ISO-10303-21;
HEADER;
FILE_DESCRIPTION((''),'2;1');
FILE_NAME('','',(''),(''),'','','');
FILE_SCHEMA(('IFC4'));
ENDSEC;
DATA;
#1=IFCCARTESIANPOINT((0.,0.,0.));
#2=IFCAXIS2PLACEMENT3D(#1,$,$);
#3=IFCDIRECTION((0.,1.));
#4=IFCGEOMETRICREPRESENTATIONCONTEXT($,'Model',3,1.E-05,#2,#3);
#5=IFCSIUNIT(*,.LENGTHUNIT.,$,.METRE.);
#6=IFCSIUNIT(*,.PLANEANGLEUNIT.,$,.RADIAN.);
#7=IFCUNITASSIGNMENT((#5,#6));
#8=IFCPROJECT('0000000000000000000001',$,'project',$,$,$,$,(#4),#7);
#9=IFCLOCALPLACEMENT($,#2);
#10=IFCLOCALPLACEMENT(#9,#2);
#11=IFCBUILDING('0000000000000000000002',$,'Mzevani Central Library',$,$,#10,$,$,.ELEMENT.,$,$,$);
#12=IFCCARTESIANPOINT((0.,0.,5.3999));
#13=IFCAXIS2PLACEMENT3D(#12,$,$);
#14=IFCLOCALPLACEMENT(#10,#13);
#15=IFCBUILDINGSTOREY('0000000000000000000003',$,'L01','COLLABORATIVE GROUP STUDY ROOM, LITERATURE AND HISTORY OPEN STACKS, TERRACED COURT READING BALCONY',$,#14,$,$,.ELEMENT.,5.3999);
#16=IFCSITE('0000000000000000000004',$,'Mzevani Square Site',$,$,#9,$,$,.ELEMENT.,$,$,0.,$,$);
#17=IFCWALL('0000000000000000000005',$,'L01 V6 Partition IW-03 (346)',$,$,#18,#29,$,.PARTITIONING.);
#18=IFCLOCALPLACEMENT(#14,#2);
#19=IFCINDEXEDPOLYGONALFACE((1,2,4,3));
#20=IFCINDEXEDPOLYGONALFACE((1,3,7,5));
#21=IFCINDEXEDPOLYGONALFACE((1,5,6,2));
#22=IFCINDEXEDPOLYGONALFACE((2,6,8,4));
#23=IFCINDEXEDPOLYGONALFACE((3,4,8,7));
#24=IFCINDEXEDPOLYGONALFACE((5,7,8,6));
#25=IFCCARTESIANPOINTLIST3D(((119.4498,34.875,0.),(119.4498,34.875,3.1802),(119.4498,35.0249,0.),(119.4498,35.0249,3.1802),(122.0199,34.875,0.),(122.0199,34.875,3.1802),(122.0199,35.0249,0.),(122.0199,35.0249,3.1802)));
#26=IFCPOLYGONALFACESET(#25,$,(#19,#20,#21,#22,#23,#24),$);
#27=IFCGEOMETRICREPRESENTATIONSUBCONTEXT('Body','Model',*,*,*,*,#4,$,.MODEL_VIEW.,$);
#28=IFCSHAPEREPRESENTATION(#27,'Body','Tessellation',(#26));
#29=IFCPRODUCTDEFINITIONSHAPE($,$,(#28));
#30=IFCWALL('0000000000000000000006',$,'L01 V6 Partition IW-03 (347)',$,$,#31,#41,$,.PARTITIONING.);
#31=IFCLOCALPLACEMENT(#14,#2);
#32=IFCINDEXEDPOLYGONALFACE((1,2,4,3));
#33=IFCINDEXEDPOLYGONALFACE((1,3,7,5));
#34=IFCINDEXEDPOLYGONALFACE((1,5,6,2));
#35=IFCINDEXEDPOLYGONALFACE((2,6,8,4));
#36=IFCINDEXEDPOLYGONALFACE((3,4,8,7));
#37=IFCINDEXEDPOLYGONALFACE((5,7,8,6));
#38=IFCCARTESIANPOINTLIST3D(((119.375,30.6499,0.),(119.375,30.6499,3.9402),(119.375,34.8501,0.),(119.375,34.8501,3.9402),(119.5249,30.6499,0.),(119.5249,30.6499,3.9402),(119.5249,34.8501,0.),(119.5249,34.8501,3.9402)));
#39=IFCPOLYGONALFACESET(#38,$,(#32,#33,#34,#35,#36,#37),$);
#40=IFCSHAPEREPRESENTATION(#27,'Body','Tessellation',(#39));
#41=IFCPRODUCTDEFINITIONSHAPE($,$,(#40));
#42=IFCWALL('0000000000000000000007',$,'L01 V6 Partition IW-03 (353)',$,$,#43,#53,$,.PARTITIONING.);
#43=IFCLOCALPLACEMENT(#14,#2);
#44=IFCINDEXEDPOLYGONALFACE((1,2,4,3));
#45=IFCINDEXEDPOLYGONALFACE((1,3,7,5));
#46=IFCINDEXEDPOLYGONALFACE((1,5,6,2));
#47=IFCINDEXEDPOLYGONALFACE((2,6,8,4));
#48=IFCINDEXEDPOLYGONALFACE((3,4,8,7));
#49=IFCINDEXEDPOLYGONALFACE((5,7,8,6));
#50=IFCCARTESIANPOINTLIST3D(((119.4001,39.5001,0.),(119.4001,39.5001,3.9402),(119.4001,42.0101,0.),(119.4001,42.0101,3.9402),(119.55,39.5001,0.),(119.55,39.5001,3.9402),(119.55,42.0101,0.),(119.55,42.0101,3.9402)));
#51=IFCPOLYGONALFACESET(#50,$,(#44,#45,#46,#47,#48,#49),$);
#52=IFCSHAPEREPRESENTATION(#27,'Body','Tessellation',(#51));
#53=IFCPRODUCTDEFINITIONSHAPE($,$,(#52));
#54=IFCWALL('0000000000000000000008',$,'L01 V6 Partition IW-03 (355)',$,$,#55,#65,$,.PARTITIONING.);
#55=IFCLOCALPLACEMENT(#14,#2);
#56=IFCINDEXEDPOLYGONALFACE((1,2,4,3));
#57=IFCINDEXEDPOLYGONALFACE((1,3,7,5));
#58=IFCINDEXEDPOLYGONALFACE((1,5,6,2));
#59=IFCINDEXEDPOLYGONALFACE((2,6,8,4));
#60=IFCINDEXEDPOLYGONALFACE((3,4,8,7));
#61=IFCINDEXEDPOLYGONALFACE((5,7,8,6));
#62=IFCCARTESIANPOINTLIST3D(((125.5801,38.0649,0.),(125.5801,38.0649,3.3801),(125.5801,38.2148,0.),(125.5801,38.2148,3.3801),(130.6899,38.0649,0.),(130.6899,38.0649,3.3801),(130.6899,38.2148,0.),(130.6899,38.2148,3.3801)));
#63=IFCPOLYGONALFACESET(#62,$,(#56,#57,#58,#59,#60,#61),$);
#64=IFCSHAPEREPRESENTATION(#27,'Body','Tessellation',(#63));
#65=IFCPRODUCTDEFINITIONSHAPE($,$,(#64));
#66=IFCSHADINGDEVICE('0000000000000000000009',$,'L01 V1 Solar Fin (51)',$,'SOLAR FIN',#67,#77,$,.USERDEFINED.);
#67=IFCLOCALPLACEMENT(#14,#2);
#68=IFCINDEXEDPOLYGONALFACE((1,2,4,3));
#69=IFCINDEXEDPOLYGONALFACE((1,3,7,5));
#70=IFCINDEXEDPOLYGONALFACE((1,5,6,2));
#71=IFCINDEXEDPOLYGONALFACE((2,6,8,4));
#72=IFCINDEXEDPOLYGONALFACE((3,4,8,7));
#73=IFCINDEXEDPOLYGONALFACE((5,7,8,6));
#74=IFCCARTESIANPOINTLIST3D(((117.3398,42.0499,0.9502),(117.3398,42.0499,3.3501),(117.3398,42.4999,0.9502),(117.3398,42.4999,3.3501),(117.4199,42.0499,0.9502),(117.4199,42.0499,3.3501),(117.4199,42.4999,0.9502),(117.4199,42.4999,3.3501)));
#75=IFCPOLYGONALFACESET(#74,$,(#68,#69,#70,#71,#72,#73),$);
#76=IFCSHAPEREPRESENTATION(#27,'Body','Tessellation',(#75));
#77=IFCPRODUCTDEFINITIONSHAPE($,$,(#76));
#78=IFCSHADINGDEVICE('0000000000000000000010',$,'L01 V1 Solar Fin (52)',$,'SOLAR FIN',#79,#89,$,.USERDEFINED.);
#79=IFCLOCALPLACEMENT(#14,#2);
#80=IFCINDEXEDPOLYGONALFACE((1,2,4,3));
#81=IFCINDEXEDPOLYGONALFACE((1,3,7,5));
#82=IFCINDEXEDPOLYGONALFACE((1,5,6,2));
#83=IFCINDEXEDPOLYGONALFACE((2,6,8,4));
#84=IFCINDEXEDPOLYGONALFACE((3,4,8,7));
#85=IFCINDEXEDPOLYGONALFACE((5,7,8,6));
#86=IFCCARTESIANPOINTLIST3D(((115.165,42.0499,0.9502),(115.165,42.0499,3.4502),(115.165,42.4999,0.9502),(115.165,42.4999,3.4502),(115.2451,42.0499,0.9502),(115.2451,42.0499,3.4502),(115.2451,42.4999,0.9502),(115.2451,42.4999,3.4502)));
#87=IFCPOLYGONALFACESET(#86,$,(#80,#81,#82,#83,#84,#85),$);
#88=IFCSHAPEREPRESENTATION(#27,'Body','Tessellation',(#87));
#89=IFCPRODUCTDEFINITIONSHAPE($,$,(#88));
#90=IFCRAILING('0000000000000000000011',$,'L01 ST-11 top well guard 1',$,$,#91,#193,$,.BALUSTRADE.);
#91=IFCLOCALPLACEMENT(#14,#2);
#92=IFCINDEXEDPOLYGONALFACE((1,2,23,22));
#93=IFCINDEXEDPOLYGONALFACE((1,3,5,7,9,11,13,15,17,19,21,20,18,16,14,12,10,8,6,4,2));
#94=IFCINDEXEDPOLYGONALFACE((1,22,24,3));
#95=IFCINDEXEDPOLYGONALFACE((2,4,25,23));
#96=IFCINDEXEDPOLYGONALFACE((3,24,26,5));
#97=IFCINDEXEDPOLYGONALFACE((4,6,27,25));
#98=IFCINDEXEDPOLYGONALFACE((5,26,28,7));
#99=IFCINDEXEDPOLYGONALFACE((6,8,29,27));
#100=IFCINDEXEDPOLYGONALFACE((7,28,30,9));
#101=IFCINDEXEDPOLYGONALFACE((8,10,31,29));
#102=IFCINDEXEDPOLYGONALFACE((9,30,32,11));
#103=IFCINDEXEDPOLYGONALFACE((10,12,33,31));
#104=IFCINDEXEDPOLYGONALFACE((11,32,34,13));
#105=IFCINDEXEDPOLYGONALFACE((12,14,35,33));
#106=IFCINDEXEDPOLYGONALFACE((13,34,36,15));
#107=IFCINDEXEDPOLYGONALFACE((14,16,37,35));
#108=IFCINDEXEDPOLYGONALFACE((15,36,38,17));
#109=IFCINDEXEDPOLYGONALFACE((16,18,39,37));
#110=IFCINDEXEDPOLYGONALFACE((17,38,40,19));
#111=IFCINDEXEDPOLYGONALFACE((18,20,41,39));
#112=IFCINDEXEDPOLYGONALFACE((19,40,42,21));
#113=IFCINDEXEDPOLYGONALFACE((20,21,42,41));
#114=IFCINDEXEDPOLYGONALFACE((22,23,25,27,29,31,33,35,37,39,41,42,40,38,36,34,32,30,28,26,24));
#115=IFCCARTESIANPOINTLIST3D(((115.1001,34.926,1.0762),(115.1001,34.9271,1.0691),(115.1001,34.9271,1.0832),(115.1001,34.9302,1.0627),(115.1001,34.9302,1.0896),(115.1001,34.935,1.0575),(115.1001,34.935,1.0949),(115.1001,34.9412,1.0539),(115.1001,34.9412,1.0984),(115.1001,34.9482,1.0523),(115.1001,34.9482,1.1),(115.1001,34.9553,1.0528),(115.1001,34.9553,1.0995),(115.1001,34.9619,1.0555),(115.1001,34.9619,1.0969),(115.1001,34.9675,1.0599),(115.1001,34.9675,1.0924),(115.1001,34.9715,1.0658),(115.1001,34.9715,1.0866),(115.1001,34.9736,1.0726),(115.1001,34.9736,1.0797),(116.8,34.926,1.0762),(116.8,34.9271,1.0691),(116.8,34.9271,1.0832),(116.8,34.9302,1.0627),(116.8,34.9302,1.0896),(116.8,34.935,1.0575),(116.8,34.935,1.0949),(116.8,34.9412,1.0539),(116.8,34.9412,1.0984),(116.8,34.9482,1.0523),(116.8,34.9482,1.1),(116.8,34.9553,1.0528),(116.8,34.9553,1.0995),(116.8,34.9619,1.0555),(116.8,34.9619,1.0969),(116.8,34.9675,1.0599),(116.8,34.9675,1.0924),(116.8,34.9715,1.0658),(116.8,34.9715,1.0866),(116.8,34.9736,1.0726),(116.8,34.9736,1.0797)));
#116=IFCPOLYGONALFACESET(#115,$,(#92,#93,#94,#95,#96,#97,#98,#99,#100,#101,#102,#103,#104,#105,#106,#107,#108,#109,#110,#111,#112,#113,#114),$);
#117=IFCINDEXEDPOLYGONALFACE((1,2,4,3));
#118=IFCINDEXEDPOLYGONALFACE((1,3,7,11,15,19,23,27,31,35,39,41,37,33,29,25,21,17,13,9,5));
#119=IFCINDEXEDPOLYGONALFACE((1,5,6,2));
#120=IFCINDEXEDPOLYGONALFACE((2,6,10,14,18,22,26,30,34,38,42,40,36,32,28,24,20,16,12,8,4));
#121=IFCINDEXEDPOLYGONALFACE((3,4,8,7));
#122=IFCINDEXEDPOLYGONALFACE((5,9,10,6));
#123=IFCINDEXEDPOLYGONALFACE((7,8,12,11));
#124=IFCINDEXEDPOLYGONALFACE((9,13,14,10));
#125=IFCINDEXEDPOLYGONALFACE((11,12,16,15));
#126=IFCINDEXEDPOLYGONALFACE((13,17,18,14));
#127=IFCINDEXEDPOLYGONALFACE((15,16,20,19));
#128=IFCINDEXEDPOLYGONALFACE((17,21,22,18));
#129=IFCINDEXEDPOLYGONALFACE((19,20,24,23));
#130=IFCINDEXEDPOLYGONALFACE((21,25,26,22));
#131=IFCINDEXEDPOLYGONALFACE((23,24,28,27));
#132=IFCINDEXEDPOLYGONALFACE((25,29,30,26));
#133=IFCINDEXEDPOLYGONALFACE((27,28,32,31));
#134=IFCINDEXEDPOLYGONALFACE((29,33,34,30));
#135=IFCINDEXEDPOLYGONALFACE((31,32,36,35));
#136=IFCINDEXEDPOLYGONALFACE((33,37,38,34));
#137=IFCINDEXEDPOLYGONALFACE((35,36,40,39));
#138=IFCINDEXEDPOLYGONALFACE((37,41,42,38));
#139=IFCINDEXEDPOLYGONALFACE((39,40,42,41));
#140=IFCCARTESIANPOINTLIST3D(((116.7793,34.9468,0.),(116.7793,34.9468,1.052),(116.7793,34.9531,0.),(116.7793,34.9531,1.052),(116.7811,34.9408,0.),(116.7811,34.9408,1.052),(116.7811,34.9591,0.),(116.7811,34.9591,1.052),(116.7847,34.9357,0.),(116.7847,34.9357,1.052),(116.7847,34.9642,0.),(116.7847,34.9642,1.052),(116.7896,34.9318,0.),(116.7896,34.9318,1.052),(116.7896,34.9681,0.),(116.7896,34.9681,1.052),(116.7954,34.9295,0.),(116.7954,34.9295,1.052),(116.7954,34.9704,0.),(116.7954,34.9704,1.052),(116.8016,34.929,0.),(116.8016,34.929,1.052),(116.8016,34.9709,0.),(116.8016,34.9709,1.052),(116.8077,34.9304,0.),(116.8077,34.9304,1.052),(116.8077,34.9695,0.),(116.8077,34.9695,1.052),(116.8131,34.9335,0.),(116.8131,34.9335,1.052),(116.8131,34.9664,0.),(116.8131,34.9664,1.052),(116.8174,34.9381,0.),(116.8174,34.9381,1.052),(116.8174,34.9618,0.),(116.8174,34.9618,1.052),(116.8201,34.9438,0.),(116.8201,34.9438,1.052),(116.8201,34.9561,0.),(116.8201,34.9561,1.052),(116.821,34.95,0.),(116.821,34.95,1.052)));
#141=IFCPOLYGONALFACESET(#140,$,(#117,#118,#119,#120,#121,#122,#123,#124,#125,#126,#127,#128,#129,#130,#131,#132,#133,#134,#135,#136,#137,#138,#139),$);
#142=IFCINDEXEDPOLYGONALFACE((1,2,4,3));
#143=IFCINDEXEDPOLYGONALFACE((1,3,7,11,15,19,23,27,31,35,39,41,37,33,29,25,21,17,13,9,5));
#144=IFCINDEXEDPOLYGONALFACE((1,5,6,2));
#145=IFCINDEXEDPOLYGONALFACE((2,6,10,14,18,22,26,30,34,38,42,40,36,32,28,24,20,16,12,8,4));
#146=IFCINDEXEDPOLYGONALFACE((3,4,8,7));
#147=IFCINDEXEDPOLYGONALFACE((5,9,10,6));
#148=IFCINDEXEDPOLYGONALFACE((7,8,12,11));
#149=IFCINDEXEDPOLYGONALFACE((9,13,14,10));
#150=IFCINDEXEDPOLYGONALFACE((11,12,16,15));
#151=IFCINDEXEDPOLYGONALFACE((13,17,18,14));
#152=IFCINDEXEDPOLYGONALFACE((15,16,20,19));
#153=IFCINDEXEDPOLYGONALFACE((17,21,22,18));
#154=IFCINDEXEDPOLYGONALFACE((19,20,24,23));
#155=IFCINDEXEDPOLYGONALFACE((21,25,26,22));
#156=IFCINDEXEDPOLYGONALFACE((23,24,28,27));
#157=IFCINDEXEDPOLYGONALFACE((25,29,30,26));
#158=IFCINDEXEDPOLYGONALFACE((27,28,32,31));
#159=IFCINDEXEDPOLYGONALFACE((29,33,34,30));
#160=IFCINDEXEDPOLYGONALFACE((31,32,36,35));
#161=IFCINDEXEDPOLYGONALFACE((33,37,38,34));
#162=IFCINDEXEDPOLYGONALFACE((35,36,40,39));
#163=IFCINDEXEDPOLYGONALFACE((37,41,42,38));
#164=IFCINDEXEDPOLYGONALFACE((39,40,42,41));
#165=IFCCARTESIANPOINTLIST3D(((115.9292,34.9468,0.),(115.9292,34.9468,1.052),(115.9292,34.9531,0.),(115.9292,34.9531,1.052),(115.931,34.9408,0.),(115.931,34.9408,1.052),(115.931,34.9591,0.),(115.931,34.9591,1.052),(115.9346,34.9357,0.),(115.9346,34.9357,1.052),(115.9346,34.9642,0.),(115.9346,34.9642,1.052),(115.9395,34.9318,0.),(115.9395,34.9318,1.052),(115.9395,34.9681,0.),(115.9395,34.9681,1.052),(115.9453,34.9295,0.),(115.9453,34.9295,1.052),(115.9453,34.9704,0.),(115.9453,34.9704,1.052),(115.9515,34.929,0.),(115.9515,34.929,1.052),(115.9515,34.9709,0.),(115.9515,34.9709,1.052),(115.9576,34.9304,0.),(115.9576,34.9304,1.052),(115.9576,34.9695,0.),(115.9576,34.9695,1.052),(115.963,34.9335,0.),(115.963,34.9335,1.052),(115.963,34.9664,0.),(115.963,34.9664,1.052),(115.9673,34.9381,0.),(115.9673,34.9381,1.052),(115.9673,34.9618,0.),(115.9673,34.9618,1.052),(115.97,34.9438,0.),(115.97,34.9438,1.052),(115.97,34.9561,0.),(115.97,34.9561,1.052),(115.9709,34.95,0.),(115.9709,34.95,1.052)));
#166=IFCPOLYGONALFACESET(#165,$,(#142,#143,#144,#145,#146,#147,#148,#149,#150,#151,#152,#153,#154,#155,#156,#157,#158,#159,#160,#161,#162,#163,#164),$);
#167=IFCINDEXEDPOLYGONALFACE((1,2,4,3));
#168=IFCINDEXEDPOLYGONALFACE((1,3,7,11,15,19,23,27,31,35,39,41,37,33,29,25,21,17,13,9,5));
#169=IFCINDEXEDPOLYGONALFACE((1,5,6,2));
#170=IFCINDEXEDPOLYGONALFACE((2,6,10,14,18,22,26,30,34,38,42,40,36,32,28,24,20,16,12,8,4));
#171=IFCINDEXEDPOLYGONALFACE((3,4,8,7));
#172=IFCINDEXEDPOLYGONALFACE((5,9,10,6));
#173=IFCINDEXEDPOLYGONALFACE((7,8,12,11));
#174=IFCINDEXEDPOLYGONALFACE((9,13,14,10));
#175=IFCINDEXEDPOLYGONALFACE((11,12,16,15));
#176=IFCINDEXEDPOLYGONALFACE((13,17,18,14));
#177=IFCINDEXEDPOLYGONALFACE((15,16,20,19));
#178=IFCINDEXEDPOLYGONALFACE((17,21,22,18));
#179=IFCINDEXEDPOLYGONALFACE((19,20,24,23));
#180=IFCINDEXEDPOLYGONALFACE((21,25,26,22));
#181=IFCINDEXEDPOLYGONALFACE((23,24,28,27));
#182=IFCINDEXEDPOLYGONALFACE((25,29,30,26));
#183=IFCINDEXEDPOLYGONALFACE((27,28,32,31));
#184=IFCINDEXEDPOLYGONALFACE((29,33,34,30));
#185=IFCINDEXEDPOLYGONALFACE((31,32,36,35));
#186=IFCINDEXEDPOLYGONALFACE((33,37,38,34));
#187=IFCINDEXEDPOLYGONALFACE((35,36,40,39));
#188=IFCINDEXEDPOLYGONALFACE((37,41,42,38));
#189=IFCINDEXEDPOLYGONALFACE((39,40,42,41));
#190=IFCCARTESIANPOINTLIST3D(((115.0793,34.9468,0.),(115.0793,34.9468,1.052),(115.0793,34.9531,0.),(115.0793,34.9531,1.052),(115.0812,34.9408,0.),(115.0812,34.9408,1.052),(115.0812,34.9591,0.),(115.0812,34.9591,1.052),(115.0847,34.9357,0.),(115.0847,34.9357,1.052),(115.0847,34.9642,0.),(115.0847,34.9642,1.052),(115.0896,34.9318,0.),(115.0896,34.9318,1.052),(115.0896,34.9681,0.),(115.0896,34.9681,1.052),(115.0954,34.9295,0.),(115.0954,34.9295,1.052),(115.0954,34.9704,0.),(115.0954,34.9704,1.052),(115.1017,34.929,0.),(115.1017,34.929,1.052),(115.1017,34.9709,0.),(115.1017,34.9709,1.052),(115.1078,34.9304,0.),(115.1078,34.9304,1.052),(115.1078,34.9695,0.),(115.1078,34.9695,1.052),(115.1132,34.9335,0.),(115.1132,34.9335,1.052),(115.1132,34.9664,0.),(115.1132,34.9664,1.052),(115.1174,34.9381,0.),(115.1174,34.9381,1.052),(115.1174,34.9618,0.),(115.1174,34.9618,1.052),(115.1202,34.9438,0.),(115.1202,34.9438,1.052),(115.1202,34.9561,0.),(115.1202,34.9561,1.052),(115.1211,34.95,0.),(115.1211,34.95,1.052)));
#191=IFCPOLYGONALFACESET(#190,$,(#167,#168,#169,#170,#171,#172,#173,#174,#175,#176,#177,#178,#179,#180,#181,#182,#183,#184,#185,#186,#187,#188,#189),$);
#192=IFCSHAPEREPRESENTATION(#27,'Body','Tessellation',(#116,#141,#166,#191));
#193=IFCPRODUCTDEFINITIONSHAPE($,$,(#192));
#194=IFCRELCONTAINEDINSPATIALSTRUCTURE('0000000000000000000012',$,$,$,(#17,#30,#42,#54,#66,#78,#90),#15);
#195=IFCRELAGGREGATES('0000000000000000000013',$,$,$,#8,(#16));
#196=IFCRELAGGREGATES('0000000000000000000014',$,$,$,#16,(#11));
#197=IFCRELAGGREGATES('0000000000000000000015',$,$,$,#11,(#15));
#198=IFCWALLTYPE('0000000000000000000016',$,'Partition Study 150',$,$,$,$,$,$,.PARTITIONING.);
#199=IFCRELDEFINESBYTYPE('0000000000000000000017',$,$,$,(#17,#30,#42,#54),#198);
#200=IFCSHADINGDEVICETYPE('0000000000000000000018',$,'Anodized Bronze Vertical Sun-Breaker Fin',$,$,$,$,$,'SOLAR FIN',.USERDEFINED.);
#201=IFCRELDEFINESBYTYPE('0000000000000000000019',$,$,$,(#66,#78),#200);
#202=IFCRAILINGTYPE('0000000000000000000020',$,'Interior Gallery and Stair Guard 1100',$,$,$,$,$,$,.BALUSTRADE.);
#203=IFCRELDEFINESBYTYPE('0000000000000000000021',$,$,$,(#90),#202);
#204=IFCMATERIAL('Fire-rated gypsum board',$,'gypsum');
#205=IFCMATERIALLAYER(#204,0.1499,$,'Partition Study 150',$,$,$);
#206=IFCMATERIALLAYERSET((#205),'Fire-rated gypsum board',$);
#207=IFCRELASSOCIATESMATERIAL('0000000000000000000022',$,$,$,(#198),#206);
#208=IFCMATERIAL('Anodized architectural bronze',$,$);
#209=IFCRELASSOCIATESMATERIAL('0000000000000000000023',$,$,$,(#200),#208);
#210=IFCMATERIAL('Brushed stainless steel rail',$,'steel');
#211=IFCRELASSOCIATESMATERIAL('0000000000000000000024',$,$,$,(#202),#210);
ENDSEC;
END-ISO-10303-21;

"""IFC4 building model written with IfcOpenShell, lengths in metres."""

from ifc_helpers import new_model, si_unit, direction, frame, frame_2d, origin, origin_2d, place, context, subcontext, project, spatial, rectangle, circle, extrude, material, layer, layer_set, type_object, element, save


model = new_model("IFC4")

# Units and contexts
model_context = context("Model", 3, precision=1e-05, world=origin(), true_north=direction((0.0, 1.0)))
body_context = subcontext(model_context, "Body", "Model", "MODEL_VIEW")
ifc_project = project(units=[si_unit("LENGTHUNIT", "METRE"), si_unit("PLANEANGLEUNIT", "RADIAN")], contexts=[model_context])

# Site, building, storey
site_placement = place(None, origin())
site = spatial("IfcSite", under=ifc_project, at=site_placement, Name="Mzevani Square Site", CompositionType="ELEMENT", RefElevation=0.0)
building_placement = place(site_placement, origin())
building = spatial("IfcBuilding", under=site, at=building_placement, Name="Mzevani Central Library", CompositionType="ELEMENT")
storey_placement = place(building_placement, frame((0.0, 0.0, 5.3999)))
storey = spatial("IfcBuildingStorey", under=building, at=storey_placement, Name="L01", Description="COLLABORATIVE GROUP STUDY ROOM, LITERATURE AND HISTORY OPEN STACKS, TERRACED COURT READING BALCONY", CompositionType="ELEMENT", Elevation=5.3999)

# Shared definitions
ifc_material_1 = material(Name="Fire-rated gypsum board", Category="gypsum")

# Walls
ifc_layer_1 = layer(ifc_material_1, 0.1499, Name="Partition Study 150")
ifc_layer_set_1 = layer_set([ifc_layer_1], Name="Fire-rated gypsum board")
wall_type_1 = type_object("IfcWallType", Name="Partition Study 150", PredefinedType="PARTITIONING", material=ifc_layer_set_1)
wall_1_placement = place(storey_placement, frame((122.02, 34.95, 0.0), z_axis=(0.0, 0.0, 1.0), x_axis=(-1.0, 0.0, 0.0)))
element("IfcWall", 1, at=wall_1_placement, inside=storey, type_object=wall_type_1, Name="L01 V6 Partition IW-03 (346)", PredefinedType="PARTITIONING", context=body_context, shape_type="SweptSolid", body=[
    extrude(rectangle(XDim=2.5701, YDim=0.1499, at=frame_2d((1.2852, 0.0))), origin(), (0.0, 0.0, 1.0), 3.1802),
])
wall_2_placement = place(storey_placement, frame((119.45, 34.8501, 0.0), z_axis=(0.0, 0.0, 1.0), x_axis=(0.0, -1.0, 0.0)))
element("IfcWall", 2, at=wall_2_placement, inside=storey, type_object=wall_type_1, Name="L01 V6 Partition IW-03 (347)", PredefinedType="PARTITIONING", context=body_context, shape_type="SweptSolid", body=[
    extrude(rectangle(XDim=4.2002, YDim=0.1499, at=frame_2d((2.1001, 0.0))), origin(), (0.0, 0.0, 1.0), 3.9402),
])
wall_3_placement = place(storey_placement, frame((119.4751, 42.01, 0.0), z_axis=(0.0, 0.0, 1.0), x_axis=(0.0, -1.0, 0.0)))
element("IfcWall", 3, at=wall_3_placement, inside=storey, type_object=wall_type_1, Name="L01 V6 Partition IW-03 (353)", PredefinedType="PARTITIONING", context=body_context, shape_type="SweptSolid", body=[
    extrude(rectangle(XDim=2.51, YDim=0.1499, at=frame_2d((1.2549, 0.0))), origin(), (0.0, 0.0, 1.0), 3.9402),
])
wall_4_placement = place(storey_placement, frame((125.5801, 38.1399, 0.0), z_axis=(0.0, 0.0, 1.0), x_axis=(1.0, 0.0, 0.0)))
element("IfcWall", 4, at=wall_4_placement, inside=storey, type_object=wall_type_1, Name="L01 V6 Partition IW-03 (355)", PredefinedType="PARTITIONING", context=body_context, shape_type="SweptSolid", body=[
    extrude(rectangle(XDim=5.1099, YDim=0.1499, at=frame_2d((2.5549, 0.0))), origin(), (0.0, 0.0, 1.0), 3.3801),
])

# Shading devices
ifc_material_2 = material(Name="Anodized architectural bronze")
shading_device_type = type_object("IfcShadingDeviceType", Name="Anodized Bronze Vertical Sun-Breaker Fin", ElementType="SOLAR FIN", PredefinedType="USERDEFINED", material=ifc_material_2)
shading_device_1_placement = place(storey_placement, frame((117.3799, 42.2749, 0.9502), z_axis=(0.0, 0.0, 1.0), x_axis=(-1.0, 0.0, 0.0)))
element("IfcShadingDevice", 5, at=shading_device_1_placement, inside=storey, type_object=shading_device_type, Name="L01 V1 Solar Fin (51)", ObjectType="SOLAR FIN", PredefinedType="USERDEFINED", context=body_context, shape_type="SweptSolid", body=[
    extrude(rectangle(XDim=0.0801, YDim=0.45, at=origin_2d()), origin(), (0.0, 0.0, 1.0), 2.3999),
])
shading_device_2_placement = place(storey_placement, frame((115.2051, 42.2749, 0.9502), z_axis=(0.0, 0.0, 1.0), x_axis=(-1.0, 0.0, 0.0)))
element("IfcShadingDevice", 6, at=shading_device_2_placement, inside=storey, type_object=shading_device_type, Name="L01 V1 Solar Fin (52)", ObjectType="SOLAR FIN", PredefinedType="USERDEFINED", context=body_context, shape_type="SweptSolid", body=[
    extrude(rectangle(XDim=0.0801, YDim=0.45, at=origin_2d()), origin(), (0.0, 0.0, 1.0), 2.5),
])

# Railing
ifc_material_3 = material(Name="Brushed stainless steel rail", Category="steel")
railing_type = type_object("IfcRailingType", Name="Interior Gallery and Stair Guard 1100", PredefinedType="BALUSTRADE", material=ifc_material_3)
railing_placement = place(storey_placement, frame((116.8, 34.95, 0.0)))
element("IfcRailing", 7, at=railing_placement, inside=storey, type_object=railing_type, Name="L01 ST-11 top well guard 1", PredefinedType="BALUSTRADE", context=body_context, shape_type="SweptSolid", body=[
    extrude(circle(Radius=0.0239, at=origin_2d()), frame((0.0, 0.0, 1.0762), z_axis=(-1.0, 0.0, 0.0), x_axis=(0.0, -1.0, 0.0)), (0.0, 0.0, 1.0), 1.7),
    extrude(circle(Radius=0.021, at=origin_2d()), origin(), (0.0, 0.0, 1.0), 1.052),
    extrude(circle(Radius=0.021, at=origin_2d()), frame((-0.8501, 0.0, 0.0)), (0.0, 0.0, 1.0), 1.052),
    extrude(circle(Radius=0.021, at=origin_2d()), frame((-1.7, 0.0, 0.0)), (0.0, 0.0, 1.0), 1.052),
])

save(model, "model.ifc")
